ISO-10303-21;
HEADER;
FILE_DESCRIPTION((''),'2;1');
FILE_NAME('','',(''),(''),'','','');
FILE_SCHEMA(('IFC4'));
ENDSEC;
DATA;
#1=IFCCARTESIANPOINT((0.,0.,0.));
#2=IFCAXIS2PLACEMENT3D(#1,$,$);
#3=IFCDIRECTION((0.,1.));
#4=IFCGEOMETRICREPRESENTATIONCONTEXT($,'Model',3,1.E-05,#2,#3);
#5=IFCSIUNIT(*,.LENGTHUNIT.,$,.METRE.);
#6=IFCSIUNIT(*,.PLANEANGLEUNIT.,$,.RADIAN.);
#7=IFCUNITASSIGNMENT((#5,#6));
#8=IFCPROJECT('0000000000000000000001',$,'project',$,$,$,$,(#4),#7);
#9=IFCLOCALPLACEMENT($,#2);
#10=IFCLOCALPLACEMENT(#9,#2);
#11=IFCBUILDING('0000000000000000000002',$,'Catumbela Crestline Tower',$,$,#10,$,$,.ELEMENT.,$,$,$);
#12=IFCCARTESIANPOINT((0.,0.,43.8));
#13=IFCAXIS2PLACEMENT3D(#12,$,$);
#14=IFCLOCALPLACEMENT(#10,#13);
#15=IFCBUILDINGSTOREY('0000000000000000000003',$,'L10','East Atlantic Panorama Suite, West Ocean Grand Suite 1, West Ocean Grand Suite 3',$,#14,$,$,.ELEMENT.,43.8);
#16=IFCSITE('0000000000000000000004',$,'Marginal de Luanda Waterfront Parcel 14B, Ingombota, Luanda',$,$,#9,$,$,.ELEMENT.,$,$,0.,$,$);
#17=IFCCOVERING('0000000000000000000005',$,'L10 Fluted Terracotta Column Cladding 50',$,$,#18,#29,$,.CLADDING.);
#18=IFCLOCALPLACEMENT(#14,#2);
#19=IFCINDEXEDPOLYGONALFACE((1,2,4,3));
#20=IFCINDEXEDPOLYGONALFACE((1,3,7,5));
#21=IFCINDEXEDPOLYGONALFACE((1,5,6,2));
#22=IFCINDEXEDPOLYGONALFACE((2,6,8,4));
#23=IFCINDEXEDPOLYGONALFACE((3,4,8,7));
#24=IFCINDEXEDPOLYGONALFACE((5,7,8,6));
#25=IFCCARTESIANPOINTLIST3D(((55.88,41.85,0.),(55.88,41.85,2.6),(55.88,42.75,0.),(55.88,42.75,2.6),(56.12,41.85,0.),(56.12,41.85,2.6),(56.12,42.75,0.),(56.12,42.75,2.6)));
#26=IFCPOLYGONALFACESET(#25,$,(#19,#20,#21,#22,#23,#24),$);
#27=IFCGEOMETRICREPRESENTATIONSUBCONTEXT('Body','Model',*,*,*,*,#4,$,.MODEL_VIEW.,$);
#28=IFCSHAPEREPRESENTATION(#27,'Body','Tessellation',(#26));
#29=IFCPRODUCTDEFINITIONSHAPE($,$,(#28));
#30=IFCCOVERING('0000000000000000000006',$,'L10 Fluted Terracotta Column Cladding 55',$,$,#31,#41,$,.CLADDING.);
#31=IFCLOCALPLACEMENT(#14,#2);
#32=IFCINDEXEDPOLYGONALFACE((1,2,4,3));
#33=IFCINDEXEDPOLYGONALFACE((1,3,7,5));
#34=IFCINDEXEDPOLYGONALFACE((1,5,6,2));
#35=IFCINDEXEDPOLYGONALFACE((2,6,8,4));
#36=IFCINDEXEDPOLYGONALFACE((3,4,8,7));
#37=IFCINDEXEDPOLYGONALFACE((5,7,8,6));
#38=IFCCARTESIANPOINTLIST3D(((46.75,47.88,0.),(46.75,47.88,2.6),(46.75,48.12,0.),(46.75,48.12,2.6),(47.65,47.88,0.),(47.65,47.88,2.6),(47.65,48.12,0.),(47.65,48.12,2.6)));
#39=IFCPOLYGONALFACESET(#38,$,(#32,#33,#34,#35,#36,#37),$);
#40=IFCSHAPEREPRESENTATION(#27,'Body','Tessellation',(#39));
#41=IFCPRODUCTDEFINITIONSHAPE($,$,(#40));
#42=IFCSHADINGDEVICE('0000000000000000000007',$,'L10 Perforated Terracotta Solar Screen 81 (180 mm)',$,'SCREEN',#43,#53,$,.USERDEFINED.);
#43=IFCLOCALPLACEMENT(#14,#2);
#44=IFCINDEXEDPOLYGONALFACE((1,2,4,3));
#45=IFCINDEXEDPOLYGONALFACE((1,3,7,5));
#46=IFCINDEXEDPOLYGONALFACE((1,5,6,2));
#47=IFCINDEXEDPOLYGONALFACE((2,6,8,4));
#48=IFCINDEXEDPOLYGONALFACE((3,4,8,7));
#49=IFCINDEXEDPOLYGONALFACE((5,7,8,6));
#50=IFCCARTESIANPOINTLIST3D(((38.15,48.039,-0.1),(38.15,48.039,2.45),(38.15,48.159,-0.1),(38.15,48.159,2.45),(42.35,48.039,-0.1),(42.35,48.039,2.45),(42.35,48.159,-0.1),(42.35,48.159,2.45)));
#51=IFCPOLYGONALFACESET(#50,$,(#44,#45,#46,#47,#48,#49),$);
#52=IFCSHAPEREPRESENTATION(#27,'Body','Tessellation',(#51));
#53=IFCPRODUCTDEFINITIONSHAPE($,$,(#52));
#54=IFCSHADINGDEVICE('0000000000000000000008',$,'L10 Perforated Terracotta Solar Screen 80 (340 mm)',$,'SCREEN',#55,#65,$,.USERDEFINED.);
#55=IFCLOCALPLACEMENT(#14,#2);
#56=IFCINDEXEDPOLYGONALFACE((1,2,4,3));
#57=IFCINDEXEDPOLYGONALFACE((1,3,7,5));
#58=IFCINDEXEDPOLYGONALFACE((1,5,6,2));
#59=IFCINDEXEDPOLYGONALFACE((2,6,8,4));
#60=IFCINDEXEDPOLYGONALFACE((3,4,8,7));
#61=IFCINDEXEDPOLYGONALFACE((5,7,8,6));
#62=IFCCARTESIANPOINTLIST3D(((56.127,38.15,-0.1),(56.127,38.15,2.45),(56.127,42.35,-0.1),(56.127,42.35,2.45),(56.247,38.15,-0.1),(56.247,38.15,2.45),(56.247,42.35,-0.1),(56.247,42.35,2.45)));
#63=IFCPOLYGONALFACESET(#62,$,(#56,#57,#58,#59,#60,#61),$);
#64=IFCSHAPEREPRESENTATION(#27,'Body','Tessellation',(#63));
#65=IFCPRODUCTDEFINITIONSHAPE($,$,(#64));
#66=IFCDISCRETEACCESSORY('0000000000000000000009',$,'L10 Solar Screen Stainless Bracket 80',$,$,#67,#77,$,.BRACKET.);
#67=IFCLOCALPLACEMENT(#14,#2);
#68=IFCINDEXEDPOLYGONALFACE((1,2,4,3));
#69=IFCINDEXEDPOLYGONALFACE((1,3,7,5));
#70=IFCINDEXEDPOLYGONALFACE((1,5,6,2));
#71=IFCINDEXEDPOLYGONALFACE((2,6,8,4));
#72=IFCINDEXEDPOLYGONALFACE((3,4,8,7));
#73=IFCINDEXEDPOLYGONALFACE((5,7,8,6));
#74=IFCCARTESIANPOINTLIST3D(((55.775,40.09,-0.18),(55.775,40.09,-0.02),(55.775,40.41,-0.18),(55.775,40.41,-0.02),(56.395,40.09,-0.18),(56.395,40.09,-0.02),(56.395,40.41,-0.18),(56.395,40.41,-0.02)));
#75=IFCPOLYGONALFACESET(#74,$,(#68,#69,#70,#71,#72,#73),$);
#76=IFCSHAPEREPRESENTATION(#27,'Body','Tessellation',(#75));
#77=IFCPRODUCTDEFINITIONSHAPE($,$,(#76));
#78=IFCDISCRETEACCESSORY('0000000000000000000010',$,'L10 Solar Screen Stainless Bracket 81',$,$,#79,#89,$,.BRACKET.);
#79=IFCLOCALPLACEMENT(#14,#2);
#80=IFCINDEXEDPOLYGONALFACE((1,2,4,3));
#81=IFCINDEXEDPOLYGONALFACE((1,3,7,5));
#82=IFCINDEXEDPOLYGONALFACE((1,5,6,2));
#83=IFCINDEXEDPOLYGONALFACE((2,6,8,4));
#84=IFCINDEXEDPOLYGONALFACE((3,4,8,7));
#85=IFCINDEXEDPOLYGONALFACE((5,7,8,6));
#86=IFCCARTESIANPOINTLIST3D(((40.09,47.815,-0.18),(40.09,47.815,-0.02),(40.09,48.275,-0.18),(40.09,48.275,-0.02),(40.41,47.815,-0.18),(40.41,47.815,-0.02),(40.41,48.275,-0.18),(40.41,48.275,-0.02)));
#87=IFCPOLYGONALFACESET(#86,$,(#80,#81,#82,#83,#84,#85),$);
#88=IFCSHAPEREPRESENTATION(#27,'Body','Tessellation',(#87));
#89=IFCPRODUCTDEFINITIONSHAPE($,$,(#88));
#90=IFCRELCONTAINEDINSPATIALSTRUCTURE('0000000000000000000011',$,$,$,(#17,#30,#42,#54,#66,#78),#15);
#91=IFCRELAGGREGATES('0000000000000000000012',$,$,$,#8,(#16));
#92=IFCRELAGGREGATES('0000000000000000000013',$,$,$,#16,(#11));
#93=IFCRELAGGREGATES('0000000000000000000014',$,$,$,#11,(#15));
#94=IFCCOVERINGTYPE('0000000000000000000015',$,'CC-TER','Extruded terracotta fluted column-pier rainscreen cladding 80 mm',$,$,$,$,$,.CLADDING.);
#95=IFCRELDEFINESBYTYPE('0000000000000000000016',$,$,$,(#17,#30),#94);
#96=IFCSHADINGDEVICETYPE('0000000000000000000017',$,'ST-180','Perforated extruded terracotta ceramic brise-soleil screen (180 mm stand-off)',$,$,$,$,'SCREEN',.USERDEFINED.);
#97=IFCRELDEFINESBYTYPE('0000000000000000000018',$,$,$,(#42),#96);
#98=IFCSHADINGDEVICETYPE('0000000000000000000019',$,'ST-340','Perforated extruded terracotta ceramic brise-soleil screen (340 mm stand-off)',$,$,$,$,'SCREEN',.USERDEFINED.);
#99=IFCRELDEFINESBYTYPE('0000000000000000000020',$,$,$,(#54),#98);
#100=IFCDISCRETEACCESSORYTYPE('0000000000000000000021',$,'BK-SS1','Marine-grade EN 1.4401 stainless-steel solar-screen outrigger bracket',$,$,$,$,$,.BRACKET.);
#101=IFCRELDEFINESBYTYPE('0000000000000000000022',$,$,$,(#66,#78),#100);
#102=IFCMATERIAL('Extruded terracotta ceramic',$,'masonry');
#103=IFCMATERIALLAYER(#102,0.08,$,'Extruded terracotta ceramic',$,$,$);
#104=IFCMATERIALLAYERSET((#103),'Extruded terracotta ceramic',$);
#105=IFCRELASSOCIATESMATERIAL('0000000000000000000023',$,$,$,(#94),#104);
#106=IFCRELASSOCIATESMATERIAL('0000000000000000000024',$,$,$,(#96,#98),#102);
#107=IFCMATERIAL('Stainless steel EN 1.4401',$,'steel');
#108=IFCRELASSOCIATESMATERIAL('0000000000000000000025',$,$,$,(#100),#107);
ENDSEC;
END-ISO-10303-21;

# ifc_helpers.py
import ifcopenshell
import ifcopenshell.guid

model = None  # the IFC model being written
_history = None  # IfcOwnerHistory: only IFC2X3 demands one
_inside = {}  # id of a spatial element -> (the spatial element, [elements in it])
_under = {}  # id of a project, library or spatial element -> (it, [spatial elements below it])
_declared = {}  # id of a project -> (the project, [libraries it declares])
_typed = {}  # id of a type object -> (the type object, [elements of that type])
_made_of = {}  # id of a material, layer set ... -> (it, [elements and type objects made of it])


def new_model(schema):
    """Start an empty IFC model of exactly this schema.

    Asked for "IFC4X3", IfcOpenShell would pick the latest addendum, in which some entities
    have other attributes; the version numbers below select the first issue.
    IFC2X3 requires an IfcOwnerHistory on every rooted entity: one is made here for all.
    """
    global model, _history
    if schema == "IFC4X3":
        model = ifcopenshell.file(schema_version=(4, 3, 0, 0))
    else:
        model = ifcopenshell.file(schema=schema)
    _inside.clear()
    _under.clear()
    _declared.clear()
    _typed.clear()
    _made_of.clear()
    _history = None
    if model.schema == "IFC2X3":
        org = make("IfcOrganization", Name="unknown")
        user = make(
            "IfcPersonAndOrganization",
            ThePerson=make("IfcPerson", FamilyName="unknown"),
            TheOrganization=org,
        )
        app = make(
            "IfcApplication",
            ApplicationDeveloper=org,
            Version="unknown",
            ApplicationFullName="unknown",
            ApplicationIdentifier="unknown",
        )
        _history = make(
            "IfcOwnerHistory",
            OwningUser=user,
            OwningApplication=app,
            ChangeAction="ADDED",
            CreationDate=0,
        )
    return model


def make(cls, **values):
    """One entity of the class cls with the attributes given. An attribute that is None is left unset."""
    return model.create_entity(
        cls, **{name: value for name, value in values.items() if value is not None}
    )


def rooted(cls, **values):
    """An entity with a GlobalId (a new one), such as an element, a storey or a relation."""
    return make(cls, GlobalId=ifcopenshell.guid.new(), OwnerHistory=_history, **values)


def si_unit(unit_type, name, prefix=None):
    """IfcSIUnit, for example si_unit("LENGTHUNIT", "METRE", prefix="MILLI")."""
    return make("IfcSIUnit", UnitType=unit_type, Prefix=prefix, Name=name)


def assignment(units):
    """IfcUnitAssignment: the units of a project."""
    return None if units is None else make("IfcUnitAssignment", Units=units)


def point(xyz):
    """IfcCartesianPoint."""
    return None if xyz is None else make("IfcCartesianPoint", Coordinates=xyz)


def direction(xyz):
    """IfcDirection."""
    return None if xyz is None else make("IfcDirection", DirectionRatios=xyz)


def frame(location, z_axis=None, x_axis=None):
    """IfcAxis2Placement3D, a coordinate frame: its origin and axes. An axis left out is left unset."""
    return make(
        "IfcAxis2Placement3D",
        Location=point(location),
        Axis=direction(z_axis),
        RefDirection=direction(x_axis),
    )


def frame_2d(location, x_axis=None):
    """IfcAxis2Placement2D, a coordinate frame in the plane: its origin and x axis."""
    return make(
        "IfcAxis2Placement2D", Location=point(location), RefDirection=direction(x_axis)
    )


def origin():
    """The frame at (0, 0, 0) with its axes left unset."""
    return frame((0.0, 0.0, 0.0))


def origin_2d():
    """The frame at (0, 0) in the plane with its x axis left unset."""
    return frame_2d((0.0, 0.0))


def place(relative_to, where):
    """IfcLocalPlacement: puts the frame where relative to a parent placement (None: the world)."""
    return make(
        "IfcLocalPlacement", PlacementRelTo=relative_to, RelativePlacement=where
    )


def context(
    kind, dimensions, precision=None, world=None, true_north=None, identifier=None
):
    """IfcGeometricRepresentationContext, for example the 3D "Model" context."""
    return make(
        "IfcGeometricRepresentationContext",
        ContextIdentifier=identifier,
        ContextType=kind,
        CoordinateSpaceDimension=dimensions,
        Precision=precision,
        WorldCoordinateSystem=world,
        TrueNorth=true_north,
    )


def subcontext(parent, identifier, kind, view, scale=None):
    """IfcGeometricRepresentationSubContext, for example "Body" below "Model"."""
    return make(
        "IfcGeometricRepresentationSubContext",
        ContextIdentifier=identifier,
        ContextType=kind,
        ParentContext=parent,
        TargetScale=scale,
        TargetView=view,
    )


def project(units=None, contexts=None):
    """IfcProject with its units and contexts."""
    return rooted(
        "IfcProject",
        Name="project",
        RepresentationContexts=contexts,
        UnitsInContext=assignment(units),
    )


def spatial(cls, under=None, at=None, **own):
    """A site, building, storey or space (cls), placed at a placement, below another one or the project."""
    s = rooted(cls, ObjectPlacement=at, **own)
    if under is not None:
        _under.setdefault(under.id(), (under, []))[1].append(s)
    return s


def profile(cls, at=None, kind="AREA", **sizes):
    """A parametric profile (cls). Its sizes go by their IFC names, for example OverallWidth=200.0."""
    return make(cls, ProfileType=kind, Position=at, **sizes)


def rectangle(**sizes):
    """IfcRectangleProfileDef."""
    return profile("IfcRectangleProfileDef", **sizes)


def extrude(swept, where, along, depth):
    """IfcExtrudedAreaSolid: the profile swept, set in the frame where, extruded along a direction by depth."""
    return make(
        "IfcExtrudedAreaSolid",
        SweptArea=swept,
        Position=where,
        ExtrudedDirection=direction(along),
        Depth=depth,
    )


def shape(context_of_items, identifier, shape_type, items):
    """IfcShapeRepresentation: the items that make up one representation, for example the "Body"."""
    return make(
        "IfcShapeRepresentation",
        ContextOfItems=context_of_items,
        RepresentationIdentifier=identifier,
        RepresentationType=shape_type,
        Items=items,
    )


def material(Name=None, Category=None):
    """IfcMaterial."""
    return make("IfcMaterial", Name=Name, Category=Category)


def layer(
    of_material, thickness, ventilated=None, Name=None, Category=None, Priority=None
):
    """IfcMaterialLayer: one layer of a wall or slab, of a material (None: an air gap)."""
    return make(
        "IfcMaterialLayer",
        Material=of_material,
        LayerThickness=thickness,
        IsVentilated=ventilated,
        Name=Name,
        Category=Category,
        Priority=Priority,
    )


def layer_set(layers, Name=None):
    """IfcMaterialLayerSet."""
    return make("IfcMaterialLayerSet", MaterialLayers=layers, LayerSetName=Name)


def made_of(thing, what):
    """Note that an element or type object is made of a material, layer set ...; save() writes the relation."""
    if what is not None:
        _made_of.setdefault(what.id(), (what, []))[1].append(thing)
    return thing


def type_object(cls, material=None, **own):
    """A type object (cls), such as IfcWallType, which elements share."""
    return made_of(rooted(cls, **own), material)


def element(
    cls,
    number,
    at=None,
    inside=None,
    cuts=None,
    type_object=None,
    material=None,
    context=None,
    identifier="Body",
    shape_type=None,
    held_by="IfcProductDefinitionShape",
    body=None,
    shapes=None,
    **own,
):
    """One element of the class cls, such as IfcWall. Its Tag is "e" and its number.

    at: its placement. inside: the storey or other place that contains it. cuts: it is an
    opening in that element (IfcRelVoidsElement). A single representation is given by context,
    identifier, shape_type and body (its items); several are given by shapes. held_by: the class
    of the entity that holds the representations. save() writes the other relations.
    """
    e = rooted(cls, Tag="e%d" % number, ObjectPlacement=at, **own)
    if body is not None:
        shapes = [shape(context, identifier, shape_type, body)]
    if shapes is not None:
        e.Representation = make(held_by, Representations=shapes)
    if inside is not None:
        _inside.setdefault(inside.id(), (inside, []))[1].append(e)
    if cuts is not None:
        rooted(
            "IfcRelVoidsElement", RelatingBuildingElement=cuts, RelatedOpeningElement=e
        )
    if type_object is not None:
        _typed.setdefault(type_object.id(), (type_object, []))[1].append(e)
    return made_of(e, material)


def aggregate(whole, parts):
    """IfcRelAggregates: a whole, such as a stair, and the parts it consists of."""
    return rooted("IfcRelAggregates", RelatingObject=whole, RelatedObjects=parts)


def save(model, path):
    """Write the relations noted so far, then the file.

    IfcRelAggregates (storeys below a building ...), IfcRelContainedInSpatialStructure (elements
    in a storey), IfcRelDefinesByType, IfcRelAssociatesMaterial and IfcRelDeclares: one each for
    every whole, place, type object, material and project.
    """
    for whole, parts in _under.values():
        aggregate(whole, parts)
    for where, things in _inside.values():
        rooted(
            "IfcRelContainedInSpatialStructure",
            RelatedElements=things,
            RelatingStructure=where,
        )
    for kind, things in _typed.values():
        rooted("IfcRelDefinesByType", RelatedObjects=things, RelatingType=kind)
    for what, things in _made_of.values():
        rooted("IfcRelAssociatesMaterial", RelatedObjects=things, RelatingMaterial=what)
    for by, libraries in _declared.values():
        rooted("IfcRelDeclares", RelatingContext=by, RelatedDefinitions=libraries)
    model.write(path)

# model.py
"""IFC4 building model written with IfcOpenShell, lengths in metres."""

from ifc_helpers import new_model, si_unit, direction, frame, origin, origin_2d, place, context, subcontext, project, spatial, rectangle, extrude, material, layer, layer_set, type_object, element, save


model = new_model("IFC4")

# Units and contexts
model_context = context("Model", 3, precision=1e-05, world=origin(), true_north=direction((0.0, 1.0)))
body_context = subcontext(model_context, "Body", "Model", "MODEL_VIEW")
ifc_project = project(units=[si_unit("LENGTHUNIT", "METRE"), si_unit("PLANEANGLEUNIT", "RADIAN")], contexts=[model_context])

# Site, building, storey
site_placement = place(None, origin())
site = spatial("IfcSite", under=ifc_project, at=site_placement, Name="Marginal de Luanda Waterfront Parcel 14B, Ingombota, Luanda", CompositionType="ELEMENT", RefElevation=0.0)
building_placement = place(site_placement, origin())
building = spatial("IfcBuilding", under=site, at=building_placement, Name="Catumbela Crestline Tower", CompositionType="ELEMENT")
storey_placement = place(building_placement, frame((0.0, 0.0, 43.8)))
storey = spatial("IfcBuildingStorey", under=building, at=storey_placement, Name="L10", Description="East Atlantic Panorama Suite, West Ocean Grand Suite 1, West Ocean Grand Suite 3", CompositionType="ELEMENT", Elevation=43.8)

# Coverings
ifc_material_1 = material(Name="Extruded terracotta ceramic", Category="masonry")
ifc_layer_1 = layer(ifc_material_1, 0.08, Name="Extruded terracotta ceramic")
ifc_layer_set_1 = layer_set([ifc_layer_1], Name="Extruded terracotta ceramic")
covering_type = type_object("IfcCoveringType", Name="CC-TER", Description="Extruded terracotta fluted column-pier rainscreen cladding 80 mm", PredefinedType="CLADDING", material=ifc_layer_set_1)
for number, where, z_axis, x_axis, name in (
    (1, (56.0, 42.3, 0.0), (0.0, 0.0, 1.0), (0.0, 1.0, 0.0), "L10 Fluted Terracotta Column Cladding 50"),
    (2, (47.2, 48.0, 0.0), (0.0, 0.0, 1.0), (-1.0, 0.0, 0.0), "L10 Fluted Terracotta Column Cladding 55"),
):
    element("IfcCovering", number, at=place(storey_placement, frame(where, z_axis=z_axis, x_axis=x_axis)), inside=storey, type_object=covering_type, Name=name, PredefinedType="CLADDING", context=body_context, shape_type="SweptSolid", body=[
        extrude(rectangle(XDim=0.9, YDim=0.24, at=origin_2d()), origin(), (0.0, 0.0, 1.0), 2.6),
    ])

# Shading devices
shading_device_type_1 = type_object("IfcShadingDeviceType", Name="ST-180", Description="Perforated extruded terracotta ceramic brise-soleil screen (180 mm stand-off)", ElementType="SCREEN", PredefinedType="USERDEFINED", material=ifc_material_1)
shading_device_1_placement = place(storey_placement, frame((40.25, 48.099, -0.1), z_axis=(0.0, 0.0, 1.0), x_axis=(-1.0, 0.0, 0.0)))
element("IfcShadingDevice", 3, at=shading_device_1_placement, inside=storey, type_object=shading_device_type_1, Name="L10 Perforated Terracotta Solar Screen 81 (180 mm)", ObjectType="SCREEN", PredefinedType="USERDEFINED", context=body_context, shape_type="SweptSolid", body=[
    extrude(rectangle(XDim=4.2, YDim=0.12, at=origin_2d()), origin(), (0.0, 0.0, 1.0), 2.55),
])
shading_device_type_2 = type_object("IfcShadingDeviceType", Name="ST-340", Description="Perforated extruded terracotta ceramic brise-soleil screen (340 mm stand-off)", ElementType="SCREEN", PredefinedType="USERDEFINED", material=ifc_material_1)
shading_device_2_placement = place(storey_placement, frame((56.187, 40.25, -0.1), z_axis=(0.0, 0.0, 1.0), x_axis=(0.0, 1.0, 0.0)))
element("IfcShadingDevice", 4, at=shading_device_2_placement, inside=storey, type_object=shading_device_type_2, Name="L10 Perforated Terracotta Solar Screen 80 (340 mm)", ObjectType="SCREEN", PredefinedType="USERDEFINED", context=body_context, shape_type="SweptSolid", body=[
    extrude(rectangle(XDim=4.2, YDim=0.12, at=origin_2d()), origin(), (0.0, 0.0, 1.0), 2.55),
])

# Discrete accessories
ifc_material_2 = material(Name="Stainless steel EN 1.4401", Category="steel")
discrete_accessory_type = type_object("IfcDiscreteAccessoryType", Name="BK-SS1", Description="Marine-grade EN 1.4401 stainless-steel solar-screen outrigger bracket", PredefinedType="BRACKET", material=ifc_material_2)
discrete_accessory_1_placement = place(storey_placement, frame((56.085, 40.25, -0.18), z_axis=(0.0, 0.0, 1.0), x_axis=(0.0, 1.0, 0.0)))
element("IfcDiscreteAccessory", 5, at=discrete_accessory_1_placement, inside=storey, type_object=discrete_accessory_type, Name="L10 Solar Screen Stainless Bracket 80", PredefinedType="BRACKET", context=body_context, shape_type="SweptSolid", body=[
    extrude(rectangle(XDim=0.32, YDim=0.62, at=origin_2d()), origin(), (0.0, 0.0, 1.0), 0.16),
])
discrete_accessory_2_placement = place(storey_placement, frame((40.25, 48.045, -0.18), z_axis=(0.0, 0.0, 1.0), x_axis=(-1.0, 0.0, 0.0)))
element("IfcDiscreteAccessory", 6, at=discrete_accessory_2_placement, inside=storey, type_object=discrete_accessory_type, Name="L10 Solar Screen Stainless Bracket 81", PredefinedType="BRACKET", context=body_context, shape_type="SweptSolid", body=[
    extrude(rectangle(XDim=0.32, YDim=0.46, at=origin_2d()), origin(), (0.0, 0.0, 1.0), 0.16),
])

save(model, "model.ifc")
